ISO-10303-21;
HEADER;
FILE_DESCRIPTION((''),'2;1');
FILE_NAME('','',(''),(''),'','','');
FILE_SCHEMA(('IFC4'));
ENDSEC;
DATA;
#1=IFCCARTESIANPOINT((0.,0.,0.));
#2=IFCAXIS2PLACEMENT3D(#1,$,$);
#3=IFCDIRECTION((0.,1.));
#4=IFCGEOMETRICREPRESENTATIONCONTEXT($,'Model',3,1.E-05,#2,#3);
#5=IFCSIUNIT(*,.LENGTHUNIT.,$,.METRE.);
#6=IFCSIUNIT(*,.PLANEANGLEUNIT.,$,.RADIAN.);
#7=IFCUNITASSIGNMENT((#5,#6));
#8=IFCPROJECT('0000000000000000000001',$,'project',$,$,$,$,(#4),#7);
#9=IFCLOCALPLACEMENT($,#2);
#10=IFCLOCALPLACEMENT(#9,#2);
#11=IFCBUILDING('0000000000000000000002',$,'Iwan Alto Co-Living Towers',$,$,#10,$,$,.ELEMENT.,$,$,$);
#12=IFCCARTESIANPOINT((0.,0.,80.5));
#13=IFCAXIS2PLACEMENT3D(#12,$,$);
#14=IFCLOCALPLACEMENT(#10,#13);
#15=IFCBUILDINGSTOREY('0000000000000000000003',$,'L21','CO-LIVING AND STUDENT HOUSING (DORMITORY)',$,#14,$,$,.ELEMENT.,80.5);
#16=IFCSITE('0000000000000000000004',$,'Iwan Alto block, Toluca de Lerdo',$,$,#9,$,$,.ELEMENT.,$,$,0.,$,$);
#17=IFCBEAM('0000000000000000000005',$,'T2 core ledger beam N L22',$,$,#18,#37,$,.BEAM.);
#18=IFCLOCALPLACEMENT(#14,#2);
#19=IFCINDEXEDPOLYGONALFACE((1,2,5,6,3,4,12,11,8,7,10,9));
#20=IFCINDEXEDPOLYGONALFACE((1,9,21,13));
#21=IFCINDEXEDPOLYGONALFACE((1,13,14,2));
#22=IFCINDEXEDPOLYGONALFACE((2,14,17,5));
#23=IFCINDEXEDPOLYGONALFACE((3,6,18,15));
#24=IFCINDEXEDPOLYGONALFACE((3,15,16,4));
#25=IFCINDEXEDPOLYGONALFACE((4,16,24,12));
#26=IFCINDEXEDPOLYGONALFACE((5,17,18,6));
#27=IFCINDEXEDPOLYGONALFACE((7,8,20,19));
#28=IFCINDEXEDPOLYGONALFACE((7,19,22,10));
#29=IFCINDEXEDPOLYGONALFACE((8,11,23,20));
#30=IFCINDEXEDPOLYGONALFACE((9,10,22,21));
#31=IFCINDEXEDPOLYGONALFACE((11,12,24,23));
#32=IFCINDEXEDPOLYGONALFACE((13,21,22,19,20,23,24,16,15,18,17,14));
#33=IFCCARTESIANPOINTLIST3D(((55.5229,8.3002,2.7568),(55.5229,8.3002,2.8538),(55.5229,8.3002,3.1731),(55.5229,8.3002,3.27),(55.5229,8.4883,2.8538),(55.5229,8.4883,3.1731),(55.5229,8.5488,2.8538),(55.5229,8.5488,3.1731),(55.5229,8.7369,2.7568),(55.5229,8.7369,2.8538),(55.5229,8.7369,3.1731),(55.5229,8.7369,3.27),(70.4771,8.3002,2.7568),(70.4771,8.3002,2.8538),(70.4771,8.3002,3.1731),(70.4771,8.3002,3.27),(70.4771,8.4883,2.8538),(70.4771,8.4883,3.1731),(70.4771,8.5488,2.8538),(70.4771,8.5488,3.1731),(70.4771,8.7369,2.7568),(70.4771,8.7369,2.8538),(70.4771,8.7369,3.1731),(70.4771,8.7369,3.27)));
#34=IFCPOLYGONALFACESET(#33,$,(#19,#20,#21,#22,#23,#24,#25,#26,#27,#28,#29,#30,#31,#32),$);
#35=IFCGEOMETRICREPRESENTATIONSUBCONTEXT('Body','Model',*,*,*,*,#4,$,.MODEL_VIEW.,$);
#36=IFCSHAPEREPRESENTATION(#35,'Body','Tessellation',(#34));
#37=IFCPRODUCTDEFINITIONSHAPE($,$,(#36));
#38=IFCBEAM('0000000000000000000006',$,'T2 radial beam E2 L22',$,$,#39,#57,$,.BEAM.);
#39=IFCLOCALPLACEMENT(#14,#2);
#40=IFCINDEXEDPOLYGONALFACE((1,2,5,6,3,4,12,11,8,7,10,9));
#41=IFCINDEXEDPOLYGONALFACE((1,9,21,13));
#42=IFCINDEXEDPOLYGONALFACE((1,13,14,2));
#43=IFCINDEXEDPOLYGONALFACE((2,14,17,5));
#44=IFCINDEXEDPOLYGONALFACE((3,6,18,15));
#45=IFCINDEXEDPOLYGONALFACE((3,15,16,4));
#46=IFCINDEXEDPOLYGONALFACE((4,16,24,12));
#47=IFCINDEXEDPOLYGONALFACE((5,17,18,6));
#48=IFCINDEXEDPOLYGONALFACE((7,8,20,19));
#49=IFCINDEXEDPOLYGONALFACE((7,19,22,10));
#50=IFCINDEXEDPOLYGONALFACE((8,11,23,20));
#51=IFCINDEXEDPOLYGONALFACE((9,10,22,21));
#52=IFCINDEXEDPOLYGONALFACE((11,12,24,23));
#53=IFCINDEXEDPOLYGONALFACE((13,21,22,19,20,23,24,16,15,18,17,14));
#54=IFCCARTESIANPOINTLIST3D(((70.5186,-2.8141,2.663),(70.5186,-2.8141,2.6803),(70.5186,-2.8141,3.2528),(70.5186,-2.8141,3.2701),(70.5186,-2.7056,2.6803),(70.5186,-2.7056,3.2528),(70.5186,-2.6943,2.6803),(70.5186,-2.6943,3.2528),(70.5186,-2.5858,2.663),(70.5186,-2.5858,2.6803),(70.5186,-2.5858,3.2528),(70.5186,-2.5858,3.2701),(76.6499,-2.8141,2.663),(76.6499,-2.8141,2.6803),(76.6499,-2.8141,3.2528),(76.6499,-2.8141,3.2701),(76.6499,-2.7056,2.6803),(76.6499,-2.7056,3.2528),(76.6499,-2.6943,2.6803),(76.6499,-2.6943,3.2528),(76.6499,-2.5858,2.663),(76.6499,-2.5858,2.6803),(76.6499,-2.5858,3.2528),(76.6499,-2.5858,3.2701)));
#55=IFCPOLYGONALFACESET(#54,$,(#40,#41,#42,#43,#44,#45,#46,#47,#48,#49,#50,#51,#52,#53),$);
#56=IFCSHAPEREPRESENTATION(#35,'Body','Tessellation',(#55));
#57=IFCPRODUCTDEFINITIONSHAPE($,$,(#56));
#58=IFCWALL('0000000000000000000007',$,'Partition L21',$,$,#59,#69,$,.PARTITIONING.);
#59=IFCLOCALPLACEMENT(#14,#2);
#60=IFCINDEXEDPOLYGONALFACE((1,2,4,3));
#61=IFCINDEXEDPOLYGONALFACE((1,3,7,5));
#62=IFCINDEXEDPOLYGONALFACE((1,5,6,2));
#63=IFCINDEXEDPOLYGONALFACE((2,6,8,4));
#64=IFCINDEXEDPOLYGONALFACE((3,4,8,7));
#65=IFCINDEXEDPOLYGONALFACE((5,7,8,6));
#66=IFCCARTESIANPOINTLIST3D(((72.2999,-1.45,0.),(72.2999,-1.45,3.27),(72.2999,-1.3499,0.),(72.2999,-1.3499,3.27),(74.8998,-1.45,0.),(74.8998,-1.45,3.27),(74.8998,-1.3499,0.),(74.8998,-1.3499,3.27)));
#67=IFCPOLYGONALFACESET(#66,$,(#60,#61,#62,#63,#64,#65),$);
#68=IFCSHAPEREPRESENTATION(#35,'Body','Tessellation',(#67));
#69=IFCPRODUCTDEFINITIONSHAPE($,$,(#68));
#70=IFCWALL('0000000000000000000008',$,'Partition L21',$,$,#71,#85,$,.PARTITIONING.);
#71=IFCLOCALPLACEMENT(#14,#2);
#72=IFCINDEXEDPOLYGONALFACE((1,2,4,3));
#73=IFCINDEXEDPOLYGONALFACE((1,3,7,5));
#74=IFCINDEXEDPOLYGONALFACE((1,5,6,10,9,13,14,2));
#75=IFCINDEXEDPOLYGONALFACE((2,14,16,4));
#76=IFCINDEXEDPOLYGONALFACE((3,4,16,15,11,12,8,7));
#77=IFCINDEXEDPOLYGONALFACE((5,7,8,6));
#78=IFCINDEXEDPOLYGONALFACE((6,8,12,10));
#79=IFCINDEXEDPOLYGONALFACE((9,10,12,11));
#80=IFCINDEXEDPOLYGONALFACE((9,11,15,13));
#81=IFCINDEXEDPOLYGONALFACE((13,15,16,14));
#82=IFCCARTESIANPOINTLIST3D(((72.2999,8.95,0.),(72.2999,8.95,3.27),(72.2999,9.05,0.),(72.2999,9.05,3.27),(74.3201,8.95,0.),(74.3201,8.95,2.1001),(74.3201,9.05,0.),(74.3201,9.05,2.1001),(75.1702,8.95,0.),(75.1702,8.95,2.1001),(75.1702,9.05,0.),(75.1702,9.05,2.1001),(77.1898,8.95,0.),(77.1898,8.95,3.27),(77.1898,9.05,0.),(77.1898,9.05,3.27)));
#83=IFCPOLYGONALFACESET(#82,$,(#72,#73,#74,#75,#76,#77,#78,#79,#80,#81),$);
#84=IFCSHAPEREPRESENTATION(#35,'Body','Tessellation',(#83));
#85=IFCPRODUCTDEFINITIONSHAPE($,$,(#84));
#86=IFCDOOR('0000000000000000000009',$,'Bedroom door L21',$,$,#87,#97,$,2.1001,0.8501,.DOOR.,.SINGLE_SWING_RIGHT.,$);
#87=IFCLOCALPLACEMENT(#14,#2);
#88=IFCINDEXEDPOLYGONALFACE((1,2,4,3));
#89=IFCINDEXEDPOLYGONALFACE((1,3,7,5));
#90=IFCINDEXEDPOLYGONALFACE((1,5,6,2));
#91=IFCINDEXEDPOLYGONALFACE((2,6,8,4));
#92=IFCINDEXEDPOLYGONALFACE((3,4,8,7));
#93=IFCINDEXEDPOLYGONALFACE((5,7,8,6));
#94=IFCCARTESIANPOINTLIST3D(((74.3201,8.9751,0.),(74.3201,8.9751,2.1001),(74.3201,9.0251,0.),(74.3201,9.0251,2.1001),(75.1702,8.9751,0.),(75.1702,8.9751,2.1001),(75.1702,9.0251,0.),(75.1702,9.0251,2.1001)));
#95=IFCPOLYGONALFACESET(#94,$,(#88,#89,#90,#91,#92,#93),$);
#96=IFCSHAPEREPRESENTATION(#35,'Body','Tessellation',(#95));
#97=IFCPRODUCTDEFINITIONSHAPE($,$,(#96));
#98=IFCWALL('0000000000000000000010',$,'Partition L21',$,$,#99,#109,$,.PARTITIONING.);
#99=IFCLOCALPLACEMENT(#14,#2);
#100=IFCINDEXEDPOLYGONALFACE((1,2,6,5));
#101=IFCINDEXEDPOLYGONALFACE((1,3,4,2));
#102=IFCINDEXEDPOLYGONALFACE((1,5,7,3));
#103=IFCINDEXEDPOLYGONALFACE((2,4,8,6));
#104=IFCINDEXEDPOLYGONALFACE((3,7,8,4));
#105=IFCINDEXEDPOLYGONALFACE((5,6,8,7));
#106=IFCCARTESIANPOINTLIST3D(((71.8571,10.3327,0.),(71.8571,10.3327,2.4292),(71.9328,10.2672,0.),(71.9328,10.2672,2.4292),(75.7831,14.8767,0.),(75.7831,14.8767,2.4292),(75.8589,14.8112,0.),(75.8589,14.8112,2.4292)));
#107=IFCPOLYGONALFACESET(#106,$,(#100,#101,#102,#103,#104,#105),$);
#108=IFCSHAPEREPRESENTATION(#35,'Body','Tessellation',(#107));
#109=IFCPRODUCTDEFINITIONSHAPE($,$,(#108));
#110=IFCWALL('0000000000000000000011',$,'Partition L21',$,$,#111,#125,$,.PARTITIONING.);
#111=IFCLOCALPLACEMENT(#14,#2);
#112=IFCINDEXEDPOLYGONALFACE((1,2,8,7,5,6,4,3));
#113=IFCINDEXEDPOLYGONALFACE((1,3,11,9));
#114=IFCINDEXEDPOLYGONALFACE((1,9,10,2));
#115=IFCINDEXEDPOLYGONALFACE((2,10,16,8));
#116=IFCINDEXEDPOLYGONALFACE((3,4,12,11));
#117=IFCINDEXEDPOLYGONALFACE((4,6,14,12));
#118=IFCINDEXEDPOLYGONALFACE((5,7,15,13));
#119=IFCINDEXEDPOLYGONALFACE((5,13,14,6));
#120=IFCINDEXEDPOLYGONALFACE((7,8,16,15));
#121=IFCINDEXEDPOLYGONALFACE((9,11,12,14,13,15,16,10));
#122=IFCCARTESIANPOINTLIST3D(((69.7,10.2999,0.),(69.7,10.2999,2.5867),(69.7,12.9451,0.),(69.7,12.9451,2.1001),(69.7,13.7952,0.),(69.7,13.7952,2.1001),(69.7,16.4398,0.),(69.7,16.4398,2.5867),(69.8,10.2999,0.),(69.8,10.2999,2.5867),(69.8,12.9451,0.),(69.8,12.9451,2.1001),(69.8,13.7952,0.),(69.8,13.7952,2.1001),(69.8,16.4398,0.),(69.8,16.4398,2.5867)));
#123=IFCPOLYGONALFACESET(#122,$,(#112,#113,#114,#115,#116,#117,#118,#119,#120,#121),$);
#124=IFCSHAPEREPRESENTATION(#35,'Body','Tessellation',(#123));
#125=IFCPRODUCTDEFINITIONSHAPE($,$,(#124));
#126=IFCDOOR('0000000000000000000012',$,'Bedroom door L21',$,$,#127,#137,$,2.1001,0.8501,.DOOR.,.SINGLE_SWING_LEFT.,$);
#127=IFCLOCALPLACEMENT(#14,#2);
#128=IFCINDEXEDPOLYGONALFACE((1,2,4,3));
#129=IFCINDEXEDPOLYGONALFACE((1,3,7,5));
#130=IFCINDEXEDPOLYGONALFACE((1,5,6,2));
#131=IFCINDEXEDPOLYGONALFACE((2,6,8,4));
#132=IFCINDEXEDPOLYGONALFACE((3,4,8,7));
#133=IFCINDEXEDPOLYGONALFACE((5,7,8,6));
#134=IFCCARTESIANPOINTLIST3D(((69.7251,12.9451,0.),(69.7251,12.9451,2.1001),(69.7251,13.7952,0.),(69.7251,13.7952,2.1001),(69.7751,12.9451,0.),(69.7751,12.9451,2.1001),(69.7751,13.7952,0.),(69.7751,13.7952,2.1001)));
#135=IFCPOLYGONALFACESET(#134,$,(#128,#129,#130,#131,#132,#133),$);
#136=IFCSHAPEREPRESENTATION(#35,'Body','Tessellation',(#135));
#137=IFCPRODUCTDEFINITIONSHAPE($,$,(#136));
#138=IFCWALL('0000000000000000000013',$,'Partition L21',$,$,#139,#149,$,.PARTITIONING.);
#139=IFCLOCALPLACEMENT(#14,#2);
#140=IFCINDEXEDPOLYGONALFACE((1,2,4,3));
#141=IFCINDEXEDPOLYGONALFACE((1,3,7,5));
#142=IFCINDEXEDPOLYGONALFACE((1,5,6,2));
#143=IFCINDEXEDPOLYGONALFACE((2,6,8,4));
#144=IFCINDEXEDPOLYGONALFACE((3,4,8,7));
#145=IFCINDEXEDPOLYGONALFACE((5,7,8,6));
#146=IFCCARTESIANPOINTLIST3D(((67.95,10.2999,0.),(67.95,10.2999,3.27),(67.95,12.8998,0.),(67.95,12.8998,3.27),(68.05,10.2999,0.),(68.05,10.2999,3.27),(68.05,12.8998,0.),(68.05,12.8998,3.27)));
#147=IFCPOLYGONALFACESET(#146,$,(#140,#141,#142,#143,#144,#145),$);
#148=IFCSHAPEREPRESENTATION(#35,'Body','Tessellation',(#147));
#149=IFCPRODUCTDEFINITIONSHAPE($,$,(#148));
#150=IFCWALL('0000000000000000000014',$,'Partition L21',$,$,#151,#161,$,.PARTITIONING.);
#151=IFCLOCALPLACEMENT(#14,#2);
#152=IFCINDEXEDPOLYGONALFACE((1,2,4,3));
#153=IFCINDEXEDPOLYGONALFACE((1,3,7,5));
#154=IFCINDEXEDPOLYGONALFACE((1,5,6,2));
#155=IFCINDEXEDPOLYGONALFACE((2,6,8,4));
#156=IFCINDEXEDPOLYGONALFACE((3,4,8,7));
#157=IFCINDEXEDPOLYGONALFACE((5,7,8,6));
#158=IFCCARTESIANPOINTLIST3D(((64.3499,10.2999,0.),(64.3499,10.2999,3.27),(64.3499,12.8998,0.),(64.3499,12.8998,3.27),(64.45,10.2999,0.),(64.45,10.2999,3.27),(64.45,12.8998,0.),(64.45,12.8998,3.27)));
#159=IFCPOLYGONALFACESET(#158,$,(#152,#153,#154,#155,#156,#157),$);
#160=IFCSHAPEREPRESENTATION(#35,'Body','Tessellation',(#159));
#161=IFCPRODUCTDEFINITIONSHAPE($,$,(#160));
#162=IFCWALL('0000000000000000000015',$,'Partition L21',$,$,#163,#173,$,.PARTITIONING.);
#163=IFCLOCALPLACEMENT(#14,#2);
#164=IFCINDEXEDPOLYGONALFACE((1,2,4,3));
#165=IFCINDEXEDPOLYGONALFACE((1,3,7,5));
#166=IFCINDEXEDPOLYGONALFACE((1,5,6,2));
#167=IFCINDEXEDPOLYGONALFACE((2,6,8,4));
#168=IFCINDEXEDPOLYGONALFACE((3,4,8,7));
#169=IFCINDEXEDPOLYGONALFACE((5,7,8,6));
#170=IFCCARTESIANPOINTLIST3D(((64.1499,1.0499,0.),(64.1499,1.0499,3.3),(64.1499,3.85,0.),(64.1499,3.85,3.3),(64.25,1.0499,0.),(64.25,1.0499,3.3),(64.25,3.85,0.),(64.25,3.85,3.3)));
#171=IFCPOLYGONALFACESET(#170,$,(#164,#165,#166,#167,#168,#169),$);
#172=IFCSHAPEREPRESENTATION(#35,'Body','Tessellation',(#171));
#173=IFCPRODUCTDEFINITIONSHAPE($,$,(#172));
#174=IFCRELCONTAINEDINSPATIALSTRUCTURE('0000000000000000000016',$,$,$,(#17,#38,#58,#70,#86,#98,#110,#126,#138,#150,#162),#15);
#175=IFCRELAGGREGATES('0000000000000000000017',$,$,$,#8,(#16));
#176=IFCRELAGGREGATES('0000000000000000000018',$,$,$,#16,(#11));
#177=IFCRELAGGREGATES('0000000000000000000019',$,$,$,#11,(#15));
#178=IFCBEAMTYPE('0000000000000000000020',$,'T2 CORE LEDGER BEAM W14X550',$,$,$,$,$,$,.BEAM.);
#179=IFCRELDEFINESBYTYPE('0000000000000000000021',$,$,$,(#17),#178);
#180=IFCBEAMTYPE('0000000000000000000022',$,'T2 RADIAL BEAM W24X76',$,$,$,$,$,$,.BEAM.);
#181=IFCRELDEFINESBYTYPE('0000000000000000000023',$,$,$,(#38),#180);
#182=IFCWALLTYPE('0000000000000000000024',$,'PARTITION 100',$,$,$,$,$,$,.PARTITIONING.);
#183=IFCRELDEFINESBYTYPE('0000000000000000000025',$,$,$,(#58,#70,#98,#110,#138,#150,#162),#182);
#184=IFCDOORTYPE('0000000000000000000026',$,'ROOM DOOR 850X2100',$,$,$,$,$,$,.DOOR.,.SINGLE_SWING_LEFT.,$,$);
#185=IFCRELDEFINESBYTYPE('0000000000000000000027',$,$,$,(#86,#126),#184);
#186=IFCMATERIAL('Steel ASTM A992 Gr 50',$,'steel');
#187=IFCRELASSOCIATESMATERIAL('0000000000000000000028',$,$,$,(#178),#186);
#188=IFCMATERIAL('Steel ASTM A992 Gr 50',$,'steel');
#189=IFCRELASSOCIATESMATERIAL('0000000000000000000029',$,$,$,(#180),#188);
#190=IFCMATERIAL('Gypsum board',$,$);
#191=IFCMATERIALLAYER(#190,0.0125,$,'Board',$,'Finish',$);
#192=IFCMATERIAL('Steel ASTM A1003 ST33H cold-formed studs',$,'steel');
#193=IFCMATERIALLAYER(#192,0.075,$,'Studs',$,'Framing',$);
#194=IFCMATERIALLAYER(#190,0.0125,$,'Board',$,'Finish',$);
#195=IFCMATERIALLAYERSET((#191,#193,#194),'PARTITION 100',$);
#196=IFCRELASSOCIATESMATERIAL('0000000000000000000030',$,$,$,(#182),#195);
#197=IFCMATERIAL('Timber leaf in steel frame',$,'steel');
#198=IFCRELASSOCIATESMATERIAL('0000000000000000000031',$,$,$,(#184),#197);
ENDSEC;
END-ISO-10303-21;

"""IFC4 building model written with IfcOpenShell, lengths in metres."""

from ifc_helpers import new_model, si_unit, direction, frame, frame_2d, origin, origin_2d, place, context, subcontext, project, spatial, rectangle, i_section, extrude, material, layer, layer_set, material_profile, profile_set, type_object, element, fill, save


model = new_model("IFC4")

# Units and contexts
model_context = context("Model", 3, precision=1e-05, world=origin(), true_north=direction((0.0, 1.0)))
body_context = subcontext(model_context, "Body", "Model", "MODEL_VIEW")
ifc_project = project(units=[si_unit("LENGTHUNIT", "METRE"), si_unit("PLANEANGLEUNIT", "RADIAN")], contexts=[model_context])

# Site, building, storey
site_placement = place(None, origin())
site = spatial("IfcSite", under=ifc_project, at=site_placement, Name="Iwan Alto block, Toluca de Lerdo", CompositionType="ELEMENT", RefElevation=0.0)
building_placement = place(site_placement, origin())
building = spatial("IfcBuilding", under=site, at=building_placement, Name="Iwan Alto Co-Living Towers", CompositionType="ELEMENT")
storey_placement = place(building_placement, frame((0.0, 0.0, 80.5)))
storey = spatial("IfcBuildingStorey", under=building, at=storey_placement, Name="L21", Description="CO-LIVING AND STUDENT HOUSING (DORMITORY)", CompositionType="ELEMENT", Elevation=80.5)

# Beams
ifc_material_1 = material(Name="Steel ASTM A992 Gr 50", Category="steel")
ifc_material_profile_1 = material_profile(ifc_material_1, i_section(OverallWidth=0.4368, OverallDepth=0.5132, WebThickness=0.0605, FlangeThickness=0.0969, at=origin_2d()), Name="W14X550")
ifc_profile_set_1 = profile_set([ifc_material_profile_1], Name="Steel ASTM A992 Gr 50")
beam_type_1 = type_object("IfcBeamType", Name="T2 CORE LEDGER BEAM W14X550", PredefinedType="BEAM", material=ifc_profile_set_1)
beam_1_placement = place(storey_placement, frame((70.4771, 8.5186, 3.0134), z_axis=(-1.0, 0.0, 0.0), x_axis=(0.0, -1.0, 0.0)))
element("IfcBeam", 1, at=beam_1_placement, inside=storey, type_object=beam_type_1, Name="T2 core ledger beam N L22", PredefinedType="BEAM", context=body_context, shape_type="SweptSolid", body=[
    extrude(i_section(OverallWidth=0.4368, OverallDepth=0.5132, WebThickness=0.0605, FlangeThickness=0.0969, at=origin_2d()), origin(), (0.0, 0.0, 1.0), 14.9541),
])
ifc_material_2 = material(Name="Steel ASTM A992 Gr 50", Category="steel")
ifc_material_profile_2 = material_profile(ifc_material_2, i_section(OverallWidth=0.2283, OverallDepth=0.6072, WebThickness=0.0112, FlangeThickness=0.0173, at=origin_2d()), Name="W24X76")
ifc_profile_set_2 = profile_set([ifc_material_profile_2], Name="Steel ASTM A992 Gr 50")
beam_type_2 = type_object("IfcBeamType", Name="T2 RADIAL BEAM W24X76", PredefinedType="BEAM", material=ifc_profile_set_2)
beam_2_placement = place(storey_placement, frame((76.6499, -2.7, 2.9666), z_axis=(-1.0, 0.0, 0.0), x_axis=(0.0, -1.0, 0.0)))
element("IfcBeam", 2, at=beam_2_placement, inside=storey, type_object=beam_type_2, Name="T2 radial beam E2 L22", PredefinedType="BEAM", context=body_context, shape_type="SweptSolid", body=[
    extrude(i_section(OverallWidth=0.2283, OverallDepth=0.6072, WebThickness=0.0112, FlangeThickness=0.0173, at=origin_2d()), origin(), (0.0, 0.0, 1.0), 6.1313),
])

# Wall
ifc_material_3 = material(Name="Gypsum board")
ifc_layer_1 = layer(ifc_material_3, 0.0125, Name="Board", Category="Finish")
ifc_material_4 = material(Name="Steel ASTM A1003 ST33H cold-formed studs", Category="steel")
ifc_layer_2 = layer(ifc_material_4, 0.075, Name="Studs", Category="Framing")
ifc_layer_3 = layer(ifc_material_3, 0.0125, Name="Board", Category="Finish")
ifc_layer_set_1 = layer_set([ifc_layer_1, ifc_layer_2, ifc_layer_3], Name="PARTITION 100")
wall_type_1 = type_object("IfcWallType", Name="PARTITION 100", PredefinedType="PARTITIONING", material=ifc_layer_set_1)
wall_1_placement = place(storey_placement, frame((72.3, -1.3999, 0.0), z_axis=(0.0, 0.0, 1.0), x_axis=(1.0, 0.0, 0.0)))
element("IfcWall", 3, at=wall_1_placement, inside=storey, type_object=wall_type_1, Name="Partition L21", PredefinedType="PARTITIONING", context=body_context, shape_type="SweptSolid", body=[
    extrude(rectangle(XDim=2.5999, YDim=0.1001, at=frame_2d((1.2998, 0.0))), origin(), (0.0, 0.0, 1.0), 3.27),
])

# Wall, opening, door
wall_2_placement = place(storey_placement, frame((72.3, 9.0, 0.0), z_axis=(0.0, 0.0, 1.0), x_axis=(1.0, 0.0, 0.0)))
wall_2 = element("IfcWall", 4, at=wall_2_placement, inside=storey, type_object=wall_type_1, Name="Partition L21", PredefinedType="PARTITIONING", context=body_context, shape_type="SweptSolid", body=[
    extrude(rectangle(XDim=4.8899, YDim=0.1001, at=frame_2d((2.4448, 0.0))), origin(), (0.0, 0.0, 1.0), 3.27),
])
opening_1_placement = place(wall_2_placement, frame((2.02, 0.0, 0.0)))
opening_1 = element("IfcOpeningElement", 5, at=opening_1_placement, cuts=wall_2, PredefinedType="OPENING", context=body_context, shape_type="SweptSolid", body=[
    extrude(rectangle(XDim=0.8501, YDim=2.1001, at=frame_2d((0.425, 1.05))), frame((0.0, 0.0601, 0.0), z_axis=(0.0, -1.0, 0.0), x_axis=(1.0, 0.0, 0.0)), (0.0, 0.0, 1.0), 0.1201),
])
ifc_material_5 = material(Name="Timber leaf in steel frame", Category="steel")
door_type_1 = type_object("IfcDoorType", Name="ROOM DOOR 850X2100", OperationType="SINGLE_SWING_LEFT", PredefinedType="DOOR", material=ifc_material_5)
door_1_placement = place(opening_1_placement, frame((0.8501, 0.0, 0.0), z_axis=(0.0, 0.0, 1.0), x_axis=(-1.0, 0.0, 0.0)))
door_1 = element("IfcDoor", 6, at=door_1_placement, inside=storey, type_object=door_type_1, Name="Bedroom door L21", OperationType="SINGLE_SWING_RIGHT", OverallHeight=2.1001, OverallWidth=0.8501, PredefinedType="DOOR", context=body_context, shape_type="SweptSolid", body=[
    extrude(rectangle(XDim=0.8501, YDim=2.1001, at=frame_2d((0.425, 1.05))), frame((0.0, 0.0249, 0.0), z_axis=(0.0, -1.0, 0.0), x_axis=(1.0, 0.0, 0.0)), (0.0, 0.0, 1.0), 0.05),
])
fill(opening_1, door_1)

# Wall
wall_3_placement = place(storey_placement, frame((71.895, 10.3, 0.0), z_axis=(0.0, 0.0, 1.0), x_axis=(0.653783, 0.756682, 0.0)))
element("IfcWall", 7, at=wall_3_placement, inside=storey, type_object=wall_type_1, Name="Partition L21", PredefinedType="PARTITIONING", context=body_context, shape_type="SweptSolid", body=[
    extrude(rectangle(XDim=6.0051, YDim=0.1001, at=frame_2d((3.0024, 0.0))), origin(), (0.0, 0.0, 1.0), 2.4292),
])

# Wall, opening, door
wall_4_placement = place(storey_placement, frame((69.75, 10.3, 0.0), z_axis=(0.0, 0.0, 1.0), x_axis=(0.0, 1.0, 0.0)))
wall_4 = element("IfcWall", 8, at=wall_4_placement, inside=storey, type_object=wall_type_1, Name="Partition L21", PredefinedType="PARTITIONING", context=body_context, shape_type="SweptSolid", body=[
    extrude(rectangle(XDim=6.1399, YDim=0.1001, at=frame_2d((3.0698, 0.0))), origin(), (0.0, 0.0, 1.0), 2.5867),
])
opening_2_placement = place(wall_4_placement, frame((2.645, 0.0, 0.0)))
opening_2 = element("IfcOpeningElement", 9, at=opening_2_placement, cuts=wall_4, PredefinedType="OPENING", context=body_context, shape_type="SweptSolid", body=[
    extrude(rectangle(XDim=0.8501, YDim=2.1001, at=frame_2d((0.425, 1.05))), frame((0.0, 0.0601, 0.0), z_axis=(0.0, -1.0, 0.0), x_axis=(1.0, 0.0, 0.0)), (0.0, 0.0, 1.0), 0.1201),
])
door_2_placement = place(opening_2_placement, origin())
door_2 = element("IfcDoor", 10, at=door_2_placement, inside=storey, type_object=door_type_1, Name="Bedroom door L21", OperationType="SINGLE_SWING_LEFT", OverallHeight=2.1001, OverallWidth=0.8501, PredefinedType="DOOR", context=body_context, shape_type="SweptSolid", body=[
    extrude(rectangle(XDim=0.8501, YDim=2.1001, at=frame_2d((0.425, 1.05))), frame((0.0, 0.0249, 0.0), z_axis=(0.0, -1.0, 0.0), x_axis=(1.0, 0.0, 0.0)), (0.0, 0.0, 1.0), 0.05),
])
fill(opening_2, door_2)

# Walls
for number, where, z_axis, x_axis, name in (
    (11, (68.0, 10.3, 0.0), (0.0, 0.0, 1.0), (0.0, 1.0, 0.0), "Partition L21"),
    (12, (64.3999, 10.3, 0.0), (0.0, 0.0, 1.0), (0.0, 1.0, 0.0), "Partition L21"),
):
    element("IfcWall", number, at=place(storey_placement, frame(where, z_axis=z_axis, x_axis=x_axis)), inside=storey, type_object=wall_type_1, Name=name, PredefinedType="PARTITIONING", context=body_context, shape_type="SweptSolid", body=[
        extrude(rectangle(XDim=2.5999, YDim=0.1001, at=frame_2d((1.2998, 0.0))), origin(), (0.0, 0.0, 1.0), 3.27),
    ])
wall_5_placement = place(storey_placement, frame((64.2, 1.05, 0.0), z_axis=(0.0, 0.0, 1.0), x_axis=(0.0, 1.0, 0.0)))
element("IfcWall", 13, at=wall_5_placement, inside=storey, type_object=wall_type_1, Name="Partition L21", PredefinedType="PARTITIONING", context=body_context, shape_type="SweptSolid", body=[
    extrude(rectangle(XDim=2.8, YDim=0.1001, at=frame_2d((1.3999, 0.0))), origin(), (0.0, 0.0, 1.0), 3.3),
])

save(model, "model.ifc")
